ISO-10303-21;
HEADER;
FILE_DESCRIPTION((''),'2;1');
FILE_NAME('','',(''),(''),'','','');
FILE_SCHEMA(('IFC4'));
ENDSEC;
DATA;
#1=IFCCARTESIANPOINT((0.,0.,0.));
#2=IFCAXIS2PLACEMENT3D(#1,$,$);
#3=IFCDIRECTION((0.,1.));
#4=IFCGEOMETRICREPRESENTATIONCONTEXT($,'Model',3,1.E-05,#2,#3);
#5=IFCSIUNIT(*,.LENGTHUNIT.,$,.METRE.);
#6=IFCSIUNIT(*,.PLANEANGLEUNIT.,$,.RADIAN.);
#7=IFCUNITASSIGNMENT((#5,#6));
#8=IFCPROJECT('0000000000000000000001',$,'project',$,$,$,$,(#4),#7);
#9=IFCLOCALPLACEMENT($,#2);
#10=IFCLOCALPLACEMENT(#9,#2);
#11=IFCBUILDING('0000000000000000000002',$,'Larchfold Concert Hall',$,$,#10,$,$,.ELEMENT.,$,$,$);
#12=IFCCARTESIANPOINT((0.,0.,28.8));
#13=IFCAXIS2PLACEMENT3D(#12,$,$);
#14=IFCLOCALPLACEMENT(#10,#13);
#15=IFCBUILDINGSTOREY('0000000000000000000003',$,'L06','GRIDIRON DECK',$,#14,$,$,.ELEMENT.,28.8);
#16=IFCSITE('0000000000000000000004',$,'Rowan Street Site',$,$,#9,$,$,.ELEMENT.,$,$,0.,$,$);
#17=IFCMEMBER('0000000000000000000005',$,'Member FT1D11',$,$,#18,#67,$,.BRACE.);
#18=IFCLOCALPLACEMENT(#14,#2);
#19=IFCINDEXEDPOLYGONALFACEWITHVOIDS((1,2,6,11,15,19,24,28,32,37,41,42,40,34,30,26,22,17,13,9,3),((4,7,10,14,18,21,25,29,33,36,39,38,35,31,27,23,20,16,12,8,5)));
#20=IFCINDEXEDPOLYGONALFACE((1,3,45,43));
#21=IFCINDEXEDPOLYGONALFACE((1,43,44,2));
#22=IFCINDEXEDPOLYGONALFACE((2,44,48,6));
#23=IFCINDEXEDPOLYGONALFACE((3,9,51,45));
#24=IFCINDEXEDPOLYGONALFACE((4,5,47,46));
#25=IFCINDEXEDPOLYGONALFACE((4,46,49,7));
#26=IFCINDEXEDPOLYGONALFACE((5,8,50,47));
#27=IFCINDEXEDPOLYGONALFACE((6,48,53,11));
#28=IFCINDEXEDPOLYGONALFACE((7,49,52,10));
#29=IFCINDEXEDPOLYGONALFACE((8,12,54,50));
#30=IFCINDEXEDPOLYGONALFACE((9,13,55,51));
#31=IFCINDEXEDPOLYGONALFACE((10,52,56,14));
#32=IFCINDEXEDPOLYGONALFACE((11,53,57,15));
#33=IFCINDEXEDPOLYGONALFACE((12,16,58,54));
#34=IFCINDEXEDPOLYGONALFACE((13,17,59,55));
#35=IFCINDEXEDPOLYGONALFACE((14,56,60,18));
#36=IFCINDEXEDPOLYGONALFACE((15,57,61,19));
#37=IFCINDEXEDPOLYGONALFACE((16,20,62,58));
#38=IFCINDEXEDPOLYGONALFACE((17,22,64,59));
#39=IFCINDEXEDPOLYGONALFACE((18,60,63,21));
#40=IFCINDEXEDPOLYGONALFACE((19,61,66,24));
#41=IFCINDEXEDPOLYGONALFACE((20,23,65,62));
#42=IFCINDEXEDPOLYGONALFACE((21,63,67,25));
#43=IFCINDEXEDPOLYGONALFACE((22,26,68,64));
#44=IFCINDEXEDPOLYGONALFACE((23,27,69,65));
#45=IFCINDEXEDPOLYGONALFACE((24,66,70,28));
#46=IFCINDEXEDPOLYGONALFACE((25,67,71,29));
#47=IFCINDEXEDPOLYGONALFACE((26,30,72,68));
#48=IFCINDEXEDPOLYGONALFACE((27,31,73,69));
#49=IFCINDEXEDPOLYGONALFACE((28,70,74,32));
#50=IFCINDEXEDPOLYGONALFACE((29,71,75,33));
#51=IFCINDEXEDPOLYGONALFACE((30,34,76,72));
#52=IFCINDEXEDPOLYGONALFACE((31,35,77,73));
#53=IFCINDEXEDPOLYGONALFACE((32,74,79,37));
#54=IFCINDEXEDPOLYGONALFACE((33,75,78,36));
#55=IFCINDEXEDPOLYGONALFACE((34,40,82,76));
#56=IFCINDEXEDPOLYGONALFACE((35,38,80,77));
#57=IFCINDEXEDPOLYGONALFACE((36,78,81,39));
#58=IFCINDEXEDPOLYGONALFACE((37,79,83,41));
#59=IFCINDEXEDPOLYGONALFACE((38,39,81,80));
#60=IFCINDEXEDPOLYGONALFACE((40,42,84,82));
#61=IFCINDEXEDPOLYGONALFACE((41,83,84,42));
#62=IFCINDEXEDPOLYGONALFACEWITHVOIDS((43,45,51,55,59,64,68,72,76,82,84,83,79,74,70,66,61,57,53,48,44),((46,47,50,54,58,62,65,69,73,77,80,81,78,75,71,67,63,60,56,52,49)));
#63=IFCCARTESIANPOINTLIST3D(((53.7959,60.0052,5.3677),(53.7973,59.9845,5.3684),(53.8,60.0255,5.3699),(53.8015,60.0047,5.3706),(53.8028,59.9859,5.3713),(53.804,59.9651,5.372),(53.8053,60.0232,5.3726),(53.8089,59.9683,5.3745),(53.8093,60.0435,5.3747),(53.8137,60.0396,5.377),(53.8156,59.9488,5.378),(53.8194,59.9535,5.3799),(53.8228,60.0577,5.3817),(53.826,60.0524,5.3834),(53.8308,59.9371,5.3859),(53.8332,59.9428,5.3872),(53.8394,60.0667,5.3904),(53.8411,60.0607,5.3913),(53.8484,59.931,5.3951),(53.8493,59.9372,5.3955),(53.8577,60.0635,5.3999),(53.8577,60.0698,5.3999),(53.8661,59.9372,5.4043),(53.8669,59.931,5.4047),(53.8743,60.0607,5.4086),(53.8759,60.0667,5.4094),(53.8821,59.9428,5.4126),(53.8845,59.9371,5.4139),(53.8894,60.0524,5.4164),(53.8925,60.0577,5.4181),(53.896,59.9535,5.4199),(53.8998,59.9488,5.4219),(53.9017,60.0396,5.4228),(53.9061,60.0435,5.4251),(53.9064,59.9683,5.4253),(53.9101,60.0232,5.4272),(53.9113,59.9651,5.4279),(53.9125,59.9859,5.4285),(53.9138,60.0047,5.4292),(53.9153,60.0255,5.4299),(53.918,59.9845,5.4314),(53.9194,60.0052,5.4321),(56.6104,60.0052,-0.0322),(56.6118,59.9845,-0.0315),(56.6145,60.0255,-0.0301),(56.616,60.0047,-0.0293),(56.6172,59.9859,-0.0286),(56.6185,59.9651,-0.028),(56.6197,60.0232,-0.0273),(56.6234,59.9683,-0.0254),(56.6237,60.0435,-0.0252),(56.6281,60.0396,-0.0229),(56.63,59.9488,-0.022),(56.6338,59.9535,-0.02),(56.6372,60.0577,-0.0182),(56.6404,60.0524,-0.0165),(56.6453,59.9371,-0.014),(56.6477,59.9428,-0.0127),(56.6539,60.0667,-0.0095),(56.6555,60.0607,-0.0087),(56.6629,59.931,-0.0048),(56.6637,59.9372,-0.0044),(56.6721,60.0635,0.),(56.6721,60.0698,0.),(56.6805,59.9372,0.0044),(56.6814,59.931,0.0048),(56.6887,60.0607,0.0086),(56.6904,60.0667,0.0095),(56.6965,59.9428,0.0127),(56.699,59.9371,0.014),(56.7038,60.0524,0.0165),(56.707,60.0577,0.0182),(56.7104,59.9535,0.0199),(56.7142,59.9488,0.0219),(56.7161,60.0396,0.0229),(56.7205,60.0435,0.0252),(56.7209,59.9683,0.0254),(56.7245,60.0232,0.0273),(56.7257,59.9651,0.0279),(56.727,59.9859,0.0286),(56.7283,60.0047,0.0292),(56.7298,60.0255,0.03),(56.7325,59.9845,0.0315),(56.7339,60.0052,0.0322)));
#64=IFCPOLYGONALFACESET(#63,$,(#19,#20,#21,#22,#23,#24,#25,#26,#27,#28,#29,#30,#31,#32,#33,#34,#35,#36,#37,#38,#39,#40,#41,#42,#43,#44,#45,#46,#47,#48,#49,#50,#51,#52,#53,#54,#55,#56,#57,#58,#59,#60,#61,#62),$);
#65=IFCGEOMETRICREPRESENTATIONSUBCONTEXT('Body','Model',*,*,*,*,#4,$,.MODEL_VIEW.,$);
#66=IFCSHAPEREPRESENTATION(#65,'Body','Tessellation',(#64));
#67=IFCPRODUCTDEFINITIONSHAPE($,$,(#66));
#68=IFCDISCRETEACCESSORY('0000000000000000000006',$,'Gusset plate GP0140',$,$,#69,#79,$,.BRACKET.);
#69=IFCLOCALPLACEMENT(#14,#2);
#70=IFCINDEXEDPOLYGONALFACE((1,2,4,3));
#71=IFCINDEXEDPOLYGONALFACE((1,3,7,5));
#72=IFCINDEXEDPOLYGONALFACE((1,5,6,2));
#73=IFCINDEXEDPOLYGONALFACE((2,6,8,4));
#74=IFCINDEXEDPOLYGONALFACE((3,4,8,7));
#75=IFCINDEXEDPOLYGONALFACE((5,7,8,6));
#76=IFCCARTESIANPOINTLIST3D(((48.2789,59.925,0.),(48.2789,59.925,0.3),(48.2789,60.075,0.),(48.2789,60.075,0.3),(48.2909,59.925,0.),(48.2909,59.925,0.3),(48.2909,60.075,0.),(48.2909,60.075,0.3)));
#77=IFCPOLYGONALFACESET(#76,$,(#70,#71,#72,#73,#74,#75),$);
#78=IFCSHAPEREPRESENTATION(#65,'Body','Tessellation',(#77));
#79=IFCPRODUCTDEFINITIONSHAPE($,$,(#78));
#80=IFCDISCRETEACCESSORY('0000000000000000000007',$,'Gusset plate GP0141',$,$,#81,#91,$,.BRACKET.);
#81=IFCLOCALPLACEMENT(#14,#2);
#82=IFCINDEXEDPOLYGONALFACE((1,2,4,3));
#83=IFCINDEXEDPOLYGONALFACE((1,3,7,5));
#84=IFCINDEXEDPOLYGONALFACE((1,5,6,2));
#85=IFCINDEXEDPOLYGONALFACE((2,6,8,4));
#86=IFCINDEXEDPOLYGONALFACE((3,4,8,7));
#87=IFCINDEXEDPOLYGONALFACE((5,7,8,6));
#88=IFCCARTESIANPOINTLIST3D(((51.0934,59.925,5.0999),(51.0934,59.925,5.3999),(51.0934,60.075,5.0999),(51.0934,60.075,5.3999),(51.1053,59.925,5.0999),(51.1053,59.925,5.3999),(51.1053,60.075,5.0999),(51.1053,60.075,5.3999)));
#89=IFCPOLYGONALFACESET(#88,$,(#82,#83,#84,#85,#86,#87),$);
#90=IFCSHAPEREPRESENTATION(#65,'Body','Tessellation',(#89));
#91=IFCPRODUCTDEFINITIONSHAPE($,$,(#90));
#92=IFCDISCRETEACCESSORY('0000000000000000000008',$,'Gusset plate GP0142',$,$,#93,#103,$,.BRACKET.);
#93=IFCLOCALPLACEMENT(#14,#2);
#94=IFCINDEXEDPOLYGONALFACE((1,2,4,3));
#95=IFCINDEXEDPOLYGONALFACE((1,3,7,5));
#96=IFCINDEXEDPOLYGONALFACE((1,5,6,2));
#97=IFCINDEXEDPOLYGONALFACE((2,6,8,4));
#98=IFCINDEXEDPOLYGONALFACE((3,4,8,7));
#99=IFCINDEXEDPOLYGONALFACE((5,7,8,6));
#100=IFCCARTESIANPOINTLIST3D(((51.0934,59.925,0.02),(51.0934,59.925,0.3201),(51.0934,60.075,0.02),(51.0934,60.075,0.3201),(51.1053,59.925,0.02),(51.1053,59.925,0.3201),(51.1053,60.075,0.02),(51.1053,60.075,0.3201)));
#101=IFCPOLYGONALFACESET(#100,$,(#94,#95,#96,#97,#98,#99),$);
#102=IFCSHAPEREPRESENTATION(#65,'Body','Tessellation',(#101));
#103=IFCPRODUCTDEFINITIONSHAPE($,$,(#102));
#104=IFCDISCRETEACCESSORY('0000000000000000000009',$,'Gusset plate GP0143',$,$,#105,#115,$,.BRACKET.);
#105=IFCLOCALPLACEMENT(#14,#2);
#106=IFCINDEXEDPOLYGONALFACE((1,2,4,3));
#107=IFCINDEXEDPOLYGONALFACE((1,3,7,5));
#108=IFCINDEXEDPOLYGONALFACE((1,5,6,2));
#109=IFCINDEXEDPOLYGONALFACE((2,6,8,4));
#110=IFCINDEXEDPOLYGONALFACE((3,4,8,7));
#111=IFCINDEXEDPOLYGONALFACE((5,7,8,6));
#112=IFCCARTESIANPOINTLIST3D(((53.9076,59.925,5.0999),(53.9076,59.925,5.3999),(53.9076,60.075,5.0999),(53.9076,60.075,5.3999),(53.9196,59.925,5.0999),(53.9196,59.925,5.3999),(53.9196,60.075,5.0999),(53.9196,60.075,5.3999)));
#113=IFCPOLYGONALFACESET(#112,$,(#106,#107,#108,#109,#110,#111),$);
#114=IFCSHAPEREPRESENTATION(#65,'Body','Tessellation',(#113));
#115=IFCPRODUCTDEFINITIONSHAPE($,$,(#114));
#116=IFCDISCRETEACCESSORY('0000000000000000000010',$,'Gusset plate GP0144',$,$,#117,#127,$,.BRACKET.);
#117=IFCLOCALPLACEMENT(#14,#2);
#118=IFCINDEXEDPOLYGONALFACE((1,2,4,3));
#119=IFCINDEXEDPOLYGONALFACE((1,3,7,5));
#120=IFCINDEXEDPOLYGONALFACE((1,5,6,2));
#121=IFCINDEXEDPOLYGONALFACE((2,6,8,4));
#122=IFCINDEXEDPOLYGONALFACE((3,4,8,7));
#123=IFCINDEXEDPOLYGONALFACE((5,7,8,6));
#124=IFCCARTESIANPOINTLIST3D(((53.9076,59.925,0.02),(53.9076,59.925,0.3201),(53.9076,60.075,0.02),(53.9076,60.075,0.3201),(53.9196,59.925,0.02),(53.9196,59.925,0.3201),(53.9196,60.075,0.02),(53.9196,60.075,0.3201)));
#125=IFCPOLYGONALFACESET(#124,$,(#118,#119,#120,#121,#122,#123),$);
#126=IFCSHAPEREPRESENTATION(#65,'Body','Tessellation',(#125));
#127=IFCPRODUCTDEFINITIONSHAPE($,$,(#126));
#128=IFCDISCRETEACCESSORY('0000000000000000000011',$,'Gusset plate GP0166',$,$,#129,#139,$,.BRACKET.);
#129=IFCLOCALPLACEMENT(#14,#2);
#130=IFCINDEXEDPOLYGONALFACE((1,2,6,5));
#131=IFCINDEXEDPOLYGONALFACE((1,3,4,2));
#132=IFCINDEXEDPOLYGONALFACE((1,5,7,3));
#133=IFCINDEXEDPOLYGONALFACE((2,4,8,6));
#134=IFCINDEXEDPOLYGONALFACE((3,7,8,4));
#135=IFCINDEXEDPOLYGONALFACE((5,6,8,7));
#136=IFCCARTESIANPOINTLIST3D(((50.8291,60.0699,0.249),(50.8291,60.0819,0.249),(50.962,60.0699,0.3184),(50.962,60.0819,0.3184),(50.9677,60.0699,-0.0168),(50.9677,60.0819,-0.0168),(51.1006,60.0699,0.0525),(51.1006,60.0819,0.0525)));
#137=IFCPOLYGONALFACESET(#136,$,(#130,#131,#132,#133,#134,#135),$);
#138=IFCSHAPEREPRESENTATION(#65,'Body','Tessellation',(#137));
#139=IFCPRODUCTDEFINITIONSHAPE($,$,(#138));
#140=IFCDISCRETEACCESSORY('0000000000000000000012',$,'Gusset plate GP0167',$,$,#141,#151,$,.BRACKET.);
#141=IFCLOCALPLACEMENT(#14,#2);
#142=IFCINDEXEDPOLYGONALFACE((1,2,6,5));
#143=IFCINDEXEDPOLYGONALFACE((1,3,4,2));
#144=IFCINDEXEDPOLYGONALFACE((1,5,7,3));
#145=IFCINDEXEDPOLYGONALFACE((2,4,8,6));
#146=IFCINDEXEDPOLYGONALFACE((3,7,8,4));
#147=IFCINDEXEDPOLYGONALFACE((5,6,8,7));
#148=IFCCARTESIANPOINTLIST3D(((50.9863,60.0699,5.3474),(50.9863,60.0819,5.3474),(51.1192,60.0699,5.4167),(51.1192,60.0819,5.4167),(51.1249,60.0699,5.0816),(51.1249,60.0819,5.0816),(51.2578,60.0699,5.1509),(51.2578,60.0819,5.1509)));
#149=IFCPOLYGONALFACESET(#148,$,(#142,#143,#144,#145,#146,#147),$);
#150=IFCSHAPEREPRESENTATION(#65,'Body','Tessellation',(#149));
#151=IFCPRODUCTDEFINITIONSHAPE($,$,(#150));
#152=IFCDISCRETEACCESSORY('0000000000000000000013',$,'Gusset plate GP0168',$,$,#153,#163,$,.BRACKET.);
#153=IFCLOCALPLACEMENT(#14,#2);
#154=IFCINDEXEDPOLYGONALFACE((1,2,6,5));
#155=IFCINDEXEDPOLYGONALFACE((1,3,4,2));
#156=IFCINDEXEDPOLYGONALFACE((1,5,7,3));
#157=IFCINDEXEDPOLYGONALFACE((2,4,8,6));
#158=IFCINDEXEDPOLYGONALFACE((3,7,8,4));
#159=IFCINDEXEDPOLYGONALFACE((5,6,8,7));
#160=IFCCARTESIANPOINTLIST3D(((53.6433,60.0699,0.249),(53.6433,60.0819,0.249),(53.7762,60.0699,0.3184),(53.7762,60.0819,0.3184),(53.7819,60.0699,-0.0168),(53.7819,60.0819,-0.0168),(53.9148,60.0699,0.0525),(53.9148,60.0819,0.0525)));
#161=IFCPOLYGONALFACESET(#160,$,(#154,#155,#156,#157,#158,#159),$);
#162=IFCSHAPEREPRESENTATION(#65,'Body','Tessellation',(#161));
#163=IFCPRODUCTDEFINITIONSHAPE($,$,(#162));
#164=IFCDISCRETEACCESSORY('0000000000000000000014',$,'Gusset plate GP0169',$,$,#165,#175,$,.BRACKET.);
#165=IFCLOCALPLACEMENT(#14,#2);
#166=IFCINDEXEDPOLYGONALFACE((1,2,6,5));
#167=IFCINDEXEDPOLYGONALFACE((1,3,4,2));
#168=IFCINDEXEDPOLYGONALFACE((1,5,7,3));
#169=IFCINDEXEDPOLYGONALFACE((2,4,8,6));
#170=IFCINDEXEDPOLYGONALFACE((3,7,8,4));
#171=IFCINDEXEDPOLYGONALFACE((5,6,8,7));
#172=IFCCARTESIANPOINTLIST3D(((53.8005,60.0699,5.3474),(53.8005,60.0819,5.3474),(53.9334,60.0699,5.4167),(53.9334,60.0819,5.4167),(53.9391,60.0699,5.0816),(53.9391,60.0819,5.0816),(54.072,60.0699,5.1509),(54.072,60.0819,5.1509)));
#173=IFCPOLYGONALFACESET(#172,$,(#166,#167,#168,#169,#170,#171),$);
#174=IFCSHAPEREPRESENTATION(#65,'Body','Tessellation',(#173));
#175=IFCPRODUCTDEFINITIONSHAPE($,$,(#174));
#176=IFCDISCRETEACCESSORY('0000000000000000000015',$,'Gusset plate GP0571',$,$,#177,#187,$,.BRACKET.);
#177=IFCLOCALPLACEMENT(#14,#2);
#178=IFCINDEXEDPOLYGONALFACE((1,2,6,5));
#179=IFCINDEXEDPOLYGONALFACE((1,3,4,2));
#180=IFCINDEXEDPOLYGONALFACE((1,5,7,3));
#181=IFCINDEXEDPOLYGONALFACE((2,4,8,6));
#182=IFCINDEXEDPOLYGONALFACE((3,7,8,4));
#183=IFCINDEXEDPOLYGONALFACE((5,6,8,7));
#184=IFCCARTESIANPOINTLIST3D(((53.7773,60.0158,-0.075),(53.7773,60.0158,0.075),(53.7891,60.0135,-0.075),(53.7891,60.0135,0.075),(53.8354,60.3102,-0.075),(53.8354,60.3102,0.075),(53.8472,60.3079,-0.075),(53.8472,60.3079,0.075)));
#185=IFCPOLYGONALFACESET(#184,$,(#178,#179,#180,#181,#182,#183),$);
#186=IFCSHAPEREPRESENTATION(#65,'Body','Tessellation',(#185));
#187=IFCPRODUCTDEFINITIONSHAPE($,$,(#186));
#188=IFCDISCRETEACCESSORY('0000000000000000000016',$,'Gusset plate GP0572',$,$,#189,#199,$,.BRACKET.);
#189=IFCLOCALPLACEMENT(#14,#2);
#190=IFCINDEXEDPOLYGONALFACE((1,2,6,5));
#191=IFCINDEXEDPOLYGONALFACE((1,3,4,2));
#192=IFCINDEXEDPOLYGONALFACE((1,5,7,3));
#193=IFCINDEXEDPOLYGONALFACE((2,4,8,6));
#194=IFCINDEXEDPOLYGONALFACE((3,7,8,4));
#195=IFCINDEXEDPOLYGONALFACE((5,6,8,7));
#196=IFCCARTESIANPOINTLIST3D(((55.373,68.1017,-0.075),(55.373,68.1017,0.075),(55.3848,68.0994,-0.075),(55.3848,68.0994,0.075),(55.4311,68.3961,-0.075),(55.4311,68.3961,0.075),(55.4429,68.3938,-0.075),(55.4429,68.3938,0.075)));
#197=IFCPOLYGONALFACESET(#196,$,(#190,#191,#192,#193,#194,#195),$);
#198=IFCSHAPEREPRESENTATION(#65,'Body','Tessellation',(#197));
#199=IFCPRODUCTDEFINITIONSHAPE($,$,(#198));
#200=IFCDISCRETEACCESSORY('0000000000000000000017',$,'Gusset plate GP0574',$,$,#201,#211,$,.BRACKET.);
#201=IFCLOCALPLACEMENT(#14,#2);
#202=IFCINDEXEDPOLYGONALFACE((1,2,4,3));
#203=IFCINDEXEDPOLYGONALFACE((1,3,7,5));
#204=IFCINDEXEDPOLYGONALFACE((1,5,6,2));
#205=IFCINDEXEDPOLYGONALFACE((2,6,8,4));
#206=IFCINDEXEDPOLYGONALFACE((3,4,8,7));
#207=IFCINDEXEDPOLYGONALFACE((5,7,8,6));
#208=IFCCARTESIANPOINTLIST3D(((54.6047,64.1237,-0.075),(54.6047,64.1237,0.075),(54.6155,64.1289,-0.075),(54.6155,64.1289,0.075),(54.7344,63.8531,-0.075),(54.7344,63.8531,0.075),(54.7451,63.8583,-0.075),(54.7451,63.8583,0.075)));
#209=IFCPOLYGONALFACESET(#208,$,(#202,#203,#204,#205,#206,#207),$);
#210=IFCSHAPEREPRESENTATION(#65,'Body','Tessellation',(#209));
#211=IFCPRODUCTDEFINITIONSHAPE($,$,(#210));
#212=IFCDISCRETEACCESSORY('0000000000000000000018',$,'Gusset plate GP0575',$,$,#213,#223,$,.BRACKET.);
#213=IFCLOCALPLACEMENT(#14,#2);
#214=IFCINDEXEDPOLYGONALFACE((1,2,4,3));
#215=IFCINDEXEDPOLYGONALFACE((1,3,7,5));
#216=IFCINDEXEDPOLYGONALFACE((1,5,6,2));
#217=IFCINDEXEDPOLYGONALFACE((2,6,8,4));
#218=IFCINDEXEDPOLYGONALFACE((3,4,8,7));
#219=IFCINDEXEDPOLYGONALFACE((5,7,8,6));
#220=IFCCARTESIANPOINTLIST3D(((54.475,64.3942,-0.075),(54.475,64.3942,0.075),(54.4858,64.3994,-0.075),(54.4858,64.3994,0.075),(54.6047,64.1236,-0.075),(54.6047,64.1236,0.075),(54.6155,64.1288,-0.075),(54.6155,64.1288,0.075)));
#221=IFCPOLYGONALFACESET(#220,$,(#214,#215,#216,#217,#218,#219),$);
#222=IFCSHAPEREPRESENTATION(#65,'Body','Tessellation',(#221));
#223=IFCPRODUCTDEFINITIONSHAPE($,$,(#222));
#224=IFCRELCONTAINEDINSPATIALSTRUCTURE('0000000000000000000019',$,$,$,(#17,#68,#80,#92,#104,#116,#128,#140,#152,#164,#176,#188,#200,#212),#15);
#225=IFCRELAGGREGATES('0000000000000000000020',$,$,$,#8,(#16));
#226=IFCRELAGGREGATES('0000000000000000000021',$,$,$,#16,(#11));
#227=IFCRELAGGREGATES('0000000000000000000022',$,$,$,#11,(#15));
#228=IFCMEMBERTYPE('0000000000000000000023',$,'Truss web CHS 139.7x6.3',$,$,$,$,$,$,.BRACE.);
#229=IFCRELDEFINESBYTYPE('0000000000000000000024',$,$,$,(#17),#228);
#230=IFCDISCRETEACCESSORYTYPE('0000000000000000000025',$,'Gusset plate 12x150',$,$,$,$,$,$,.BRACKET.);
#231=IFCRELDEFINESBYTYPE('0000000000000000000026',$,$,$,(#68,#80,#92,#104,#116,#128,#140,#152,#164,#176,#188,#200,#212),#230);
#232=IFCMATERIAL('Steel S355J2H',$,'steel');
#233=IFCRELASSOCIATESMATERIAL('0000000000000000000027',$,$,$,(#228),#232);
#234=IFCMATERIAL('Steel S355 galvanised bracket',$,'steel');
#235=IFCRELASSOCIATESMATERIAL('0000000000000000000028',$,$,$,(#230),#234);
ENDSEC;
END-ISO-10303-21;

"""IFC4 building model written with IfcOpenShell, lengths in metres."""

from ifc_helpers import new_model, si_unit, direction, frame, origin, origin_2d, place, context, subcontext, project, spatial, rectangle, hollow_circle, extrude, material, material_profile, profile_set, type_object, element, save


model = new_model("IFC4")

# Units and contexts
model_context = context("Model", 3, precision=1e-05, world=origin(), true_north=direction((0.0, 1.0)))
body_context = subcontext(model_context, "Body", "Model", "MODEL_VIEW")
ifc_project = project(units=[si_unit("LENGTHUNIT", "METRE"), si_unit("PLANEANGLEUNIT", "RADIAN")], contexts=[model_context])

# Site, building, storey
site_placement = place(None, origin())
site = spatial("IfcSite", under=ifc_project, at=site_placement, Name="Rowan Street Site", CompositionType="ELEMENT", RefElevation=0.0)
building_placement = place(site_placement, origin())
building = spatial("IfcBuilding", under=site, at=building_placement, Name="Larchfold Concert Hall", CompositionType="ELEMENT")
storey_placement = place(building_placement, frame((0.0, 0.0, 28.8)))
storey = spatial("IfcBuildingStorey", under=building, at=storey_placement, Name="L06", Description="GRIDIRON DECK", CompositionType="ELEMENT", Elevation=28.8)

# Member
ifc_material_1 = material(Name="Steel S355J2H", Category="steel")
ifc_material_profile_1 = material_profile(ifc_material_1, hollow_circle(Radius=0.0698, WallThickness=0.0063, at=origin_2d()))
ifc_profile_set_1 = profile_set([ifc_material_profile_1], Name="Steel S355J2H")
member_type_1 = type_object("IfcMemberType", Name="Truss web CHS 139.7x6.3", PredefinedType="BRACE", material=ifc_profile_set_1)
member_1_placement = place(storey_placement, frame((53.8577, 60.0, 5.3999), z_axis=(0.462193, 0.0, -0.886779), x_axis=(0.0, 1.0, 0.0)))
element("IfcMember", 1, at=member_1_placement, inside=storey, type_object=member_type_1, Name="Member FT1D11", PredefinedType="BRACE", context=body_context, shape_type="SweptSolid", body=[
    extrude(hollow_circle(Radius=0.0698, WallThickness=0.0063, at=origin_2d()), origin(), (0.0, 0.0, 1.0), 6.0894),
])

# Discrete accessories
ifc_material_2 = material(Name="Steel S355 galvanised bracket", Category="steel")
ifc_material_profile_2 = material_profile(ifc_material_2, rectangle(XDim=0.012, YDim=0.1499, at=origin_2d()))
ifc_profile_set_2 = profile_set([ifc_material_profile_2], Name="Steel S355 galvanised bracket")
discrete_accessory_type = type_object("IfcDiscreteAccessoryType", Name="Gusset plate 12x150", PredefinedType="BRACKET", material=ifc_profile_set_2)
for number, where, z_axis, x_axis, name in (
    (2, (48.2849, 60.0, 0.3), (0.0, 0.0, -1.0), (1.0, 0.0, 0.0), "Gusset plate GP0140"),
    (3, (51.0994, 60.0, 5.3999), (0.0, 0.0, -1.0), (1.0, 0.0, 0.0), "Gusset plate GP0141"),
    (4, (51.0994, 60.0, 0.3201), (0.0, 0.0, -1.0), (1.0, 0.0, 0.0), "Gusset plate GP0142"),
    (5, (53.9136, 60.0, 5.3999), (0.0, 0.0, -1.0), (1.0, 0.0, 0.0), "Gusset plate GP0143"),
    (6, (53.9136, 60.0, 0.3201), (0.0, 0.0, -1.0), (1.0, 0.0, 0.0), "Gusset plate GP0144"),
):
    element("IfcDiscreteAccessory", number, at=place(storey_placement, frame(where, z_axis=z_axis, x_axis=x_axis)), inside=storey, type_object=discrete_accessory_type, Name=name, PredefinedType="BRACKET", context=body_context, shape_type="SweptSolid", body=[
        extrude(rectangle(XDim=0.012, YDim=0.1499, at=origin_2d()), origin(), (0.0, 0.0, 1.0), 0.3),
    ])
for number, where, z_axis, x_axis, name in (
    (7, (50.8955, 60.0759, 0.2837), (0.462455, 0.0, -0.886643), (0.0, 1.0, 0.0), "Gusset plate GP0166"),
    (8, (51.0527, 60.0759, 5.3821), (0.462455, 0.0, -0.886643), (0.0, 1.0, 0.0), "Gusset plate GP0167"),
    (9, (53.7097, 60.0759, 0.2837), (0.462455, 0.0, -0.886643), (0.0, 1.0, 0.0), "Gusset plate GP0168"),
    (10, (53.8669, 60.0759, 5.3821), (0.462455, 0.0, -0.886643), (0.0, 1.0, 0.0), "Gusset plate GP0169"),
):
    element("IfcDiscreteAccessory", number, at=place(storey_placement, frame(where, z_axis=z_axis, x_axis=x_axis)), inside=storey, type_object=discrete_accessory_type, Name=name, PredefinedType="BRACKET", context=body_context, shape_type="SweptSolid", body=[
        extrude(rectangle(XDim=0.012, YDim=0.1499, at=origin_2d()), origin(), (0.0, 0.0, 1.0), 0.2998),
    ])
for number, where, z_axis, x_axis, name in (
    (11, (53.7832, 60.0146, 0.0), (0.193612, 0.981078, 0.0), (-0.981078, 0.193612, 0.0), "Gusset plate GP0571"),
    (12, (55.3789, 68.1006, 0.0), (0.193612, 0.981078, 0.0), (-0.981078, 0.193612, 0.0), "Gusset plate GP0572"),
    (13, (54.7397, 63.8557, 0.0), (-0.432175, 0.90179, 0.0), (-0.90179, -0.432175, 0.0), "Gusset plate GP0574"),
    (14, (54.6101, 64.1262, 0.0), (-0.432175, 0.90179, 0.0), (-0.90179, -0.432175, 0.0), "Gusset plate GP0575"),
):
    element("IfcDiscreteAccessory", number, at=place(storey_placement, frame(where, z_axis=z_axis, x_axis=x_axis)), inside=storey, type_object=discrete_accessory_type, Name=name, PredefinedType="BRACKET", context=body_context, shape_type="SweptSolid", body=[
        extrude(rectangle(XDim=0.012, YDim=0.1499, at=origin_2d()), origin(), (0.0, 0.0, 1.0), 0.3),
    ])

save(model, "model.ifc")
